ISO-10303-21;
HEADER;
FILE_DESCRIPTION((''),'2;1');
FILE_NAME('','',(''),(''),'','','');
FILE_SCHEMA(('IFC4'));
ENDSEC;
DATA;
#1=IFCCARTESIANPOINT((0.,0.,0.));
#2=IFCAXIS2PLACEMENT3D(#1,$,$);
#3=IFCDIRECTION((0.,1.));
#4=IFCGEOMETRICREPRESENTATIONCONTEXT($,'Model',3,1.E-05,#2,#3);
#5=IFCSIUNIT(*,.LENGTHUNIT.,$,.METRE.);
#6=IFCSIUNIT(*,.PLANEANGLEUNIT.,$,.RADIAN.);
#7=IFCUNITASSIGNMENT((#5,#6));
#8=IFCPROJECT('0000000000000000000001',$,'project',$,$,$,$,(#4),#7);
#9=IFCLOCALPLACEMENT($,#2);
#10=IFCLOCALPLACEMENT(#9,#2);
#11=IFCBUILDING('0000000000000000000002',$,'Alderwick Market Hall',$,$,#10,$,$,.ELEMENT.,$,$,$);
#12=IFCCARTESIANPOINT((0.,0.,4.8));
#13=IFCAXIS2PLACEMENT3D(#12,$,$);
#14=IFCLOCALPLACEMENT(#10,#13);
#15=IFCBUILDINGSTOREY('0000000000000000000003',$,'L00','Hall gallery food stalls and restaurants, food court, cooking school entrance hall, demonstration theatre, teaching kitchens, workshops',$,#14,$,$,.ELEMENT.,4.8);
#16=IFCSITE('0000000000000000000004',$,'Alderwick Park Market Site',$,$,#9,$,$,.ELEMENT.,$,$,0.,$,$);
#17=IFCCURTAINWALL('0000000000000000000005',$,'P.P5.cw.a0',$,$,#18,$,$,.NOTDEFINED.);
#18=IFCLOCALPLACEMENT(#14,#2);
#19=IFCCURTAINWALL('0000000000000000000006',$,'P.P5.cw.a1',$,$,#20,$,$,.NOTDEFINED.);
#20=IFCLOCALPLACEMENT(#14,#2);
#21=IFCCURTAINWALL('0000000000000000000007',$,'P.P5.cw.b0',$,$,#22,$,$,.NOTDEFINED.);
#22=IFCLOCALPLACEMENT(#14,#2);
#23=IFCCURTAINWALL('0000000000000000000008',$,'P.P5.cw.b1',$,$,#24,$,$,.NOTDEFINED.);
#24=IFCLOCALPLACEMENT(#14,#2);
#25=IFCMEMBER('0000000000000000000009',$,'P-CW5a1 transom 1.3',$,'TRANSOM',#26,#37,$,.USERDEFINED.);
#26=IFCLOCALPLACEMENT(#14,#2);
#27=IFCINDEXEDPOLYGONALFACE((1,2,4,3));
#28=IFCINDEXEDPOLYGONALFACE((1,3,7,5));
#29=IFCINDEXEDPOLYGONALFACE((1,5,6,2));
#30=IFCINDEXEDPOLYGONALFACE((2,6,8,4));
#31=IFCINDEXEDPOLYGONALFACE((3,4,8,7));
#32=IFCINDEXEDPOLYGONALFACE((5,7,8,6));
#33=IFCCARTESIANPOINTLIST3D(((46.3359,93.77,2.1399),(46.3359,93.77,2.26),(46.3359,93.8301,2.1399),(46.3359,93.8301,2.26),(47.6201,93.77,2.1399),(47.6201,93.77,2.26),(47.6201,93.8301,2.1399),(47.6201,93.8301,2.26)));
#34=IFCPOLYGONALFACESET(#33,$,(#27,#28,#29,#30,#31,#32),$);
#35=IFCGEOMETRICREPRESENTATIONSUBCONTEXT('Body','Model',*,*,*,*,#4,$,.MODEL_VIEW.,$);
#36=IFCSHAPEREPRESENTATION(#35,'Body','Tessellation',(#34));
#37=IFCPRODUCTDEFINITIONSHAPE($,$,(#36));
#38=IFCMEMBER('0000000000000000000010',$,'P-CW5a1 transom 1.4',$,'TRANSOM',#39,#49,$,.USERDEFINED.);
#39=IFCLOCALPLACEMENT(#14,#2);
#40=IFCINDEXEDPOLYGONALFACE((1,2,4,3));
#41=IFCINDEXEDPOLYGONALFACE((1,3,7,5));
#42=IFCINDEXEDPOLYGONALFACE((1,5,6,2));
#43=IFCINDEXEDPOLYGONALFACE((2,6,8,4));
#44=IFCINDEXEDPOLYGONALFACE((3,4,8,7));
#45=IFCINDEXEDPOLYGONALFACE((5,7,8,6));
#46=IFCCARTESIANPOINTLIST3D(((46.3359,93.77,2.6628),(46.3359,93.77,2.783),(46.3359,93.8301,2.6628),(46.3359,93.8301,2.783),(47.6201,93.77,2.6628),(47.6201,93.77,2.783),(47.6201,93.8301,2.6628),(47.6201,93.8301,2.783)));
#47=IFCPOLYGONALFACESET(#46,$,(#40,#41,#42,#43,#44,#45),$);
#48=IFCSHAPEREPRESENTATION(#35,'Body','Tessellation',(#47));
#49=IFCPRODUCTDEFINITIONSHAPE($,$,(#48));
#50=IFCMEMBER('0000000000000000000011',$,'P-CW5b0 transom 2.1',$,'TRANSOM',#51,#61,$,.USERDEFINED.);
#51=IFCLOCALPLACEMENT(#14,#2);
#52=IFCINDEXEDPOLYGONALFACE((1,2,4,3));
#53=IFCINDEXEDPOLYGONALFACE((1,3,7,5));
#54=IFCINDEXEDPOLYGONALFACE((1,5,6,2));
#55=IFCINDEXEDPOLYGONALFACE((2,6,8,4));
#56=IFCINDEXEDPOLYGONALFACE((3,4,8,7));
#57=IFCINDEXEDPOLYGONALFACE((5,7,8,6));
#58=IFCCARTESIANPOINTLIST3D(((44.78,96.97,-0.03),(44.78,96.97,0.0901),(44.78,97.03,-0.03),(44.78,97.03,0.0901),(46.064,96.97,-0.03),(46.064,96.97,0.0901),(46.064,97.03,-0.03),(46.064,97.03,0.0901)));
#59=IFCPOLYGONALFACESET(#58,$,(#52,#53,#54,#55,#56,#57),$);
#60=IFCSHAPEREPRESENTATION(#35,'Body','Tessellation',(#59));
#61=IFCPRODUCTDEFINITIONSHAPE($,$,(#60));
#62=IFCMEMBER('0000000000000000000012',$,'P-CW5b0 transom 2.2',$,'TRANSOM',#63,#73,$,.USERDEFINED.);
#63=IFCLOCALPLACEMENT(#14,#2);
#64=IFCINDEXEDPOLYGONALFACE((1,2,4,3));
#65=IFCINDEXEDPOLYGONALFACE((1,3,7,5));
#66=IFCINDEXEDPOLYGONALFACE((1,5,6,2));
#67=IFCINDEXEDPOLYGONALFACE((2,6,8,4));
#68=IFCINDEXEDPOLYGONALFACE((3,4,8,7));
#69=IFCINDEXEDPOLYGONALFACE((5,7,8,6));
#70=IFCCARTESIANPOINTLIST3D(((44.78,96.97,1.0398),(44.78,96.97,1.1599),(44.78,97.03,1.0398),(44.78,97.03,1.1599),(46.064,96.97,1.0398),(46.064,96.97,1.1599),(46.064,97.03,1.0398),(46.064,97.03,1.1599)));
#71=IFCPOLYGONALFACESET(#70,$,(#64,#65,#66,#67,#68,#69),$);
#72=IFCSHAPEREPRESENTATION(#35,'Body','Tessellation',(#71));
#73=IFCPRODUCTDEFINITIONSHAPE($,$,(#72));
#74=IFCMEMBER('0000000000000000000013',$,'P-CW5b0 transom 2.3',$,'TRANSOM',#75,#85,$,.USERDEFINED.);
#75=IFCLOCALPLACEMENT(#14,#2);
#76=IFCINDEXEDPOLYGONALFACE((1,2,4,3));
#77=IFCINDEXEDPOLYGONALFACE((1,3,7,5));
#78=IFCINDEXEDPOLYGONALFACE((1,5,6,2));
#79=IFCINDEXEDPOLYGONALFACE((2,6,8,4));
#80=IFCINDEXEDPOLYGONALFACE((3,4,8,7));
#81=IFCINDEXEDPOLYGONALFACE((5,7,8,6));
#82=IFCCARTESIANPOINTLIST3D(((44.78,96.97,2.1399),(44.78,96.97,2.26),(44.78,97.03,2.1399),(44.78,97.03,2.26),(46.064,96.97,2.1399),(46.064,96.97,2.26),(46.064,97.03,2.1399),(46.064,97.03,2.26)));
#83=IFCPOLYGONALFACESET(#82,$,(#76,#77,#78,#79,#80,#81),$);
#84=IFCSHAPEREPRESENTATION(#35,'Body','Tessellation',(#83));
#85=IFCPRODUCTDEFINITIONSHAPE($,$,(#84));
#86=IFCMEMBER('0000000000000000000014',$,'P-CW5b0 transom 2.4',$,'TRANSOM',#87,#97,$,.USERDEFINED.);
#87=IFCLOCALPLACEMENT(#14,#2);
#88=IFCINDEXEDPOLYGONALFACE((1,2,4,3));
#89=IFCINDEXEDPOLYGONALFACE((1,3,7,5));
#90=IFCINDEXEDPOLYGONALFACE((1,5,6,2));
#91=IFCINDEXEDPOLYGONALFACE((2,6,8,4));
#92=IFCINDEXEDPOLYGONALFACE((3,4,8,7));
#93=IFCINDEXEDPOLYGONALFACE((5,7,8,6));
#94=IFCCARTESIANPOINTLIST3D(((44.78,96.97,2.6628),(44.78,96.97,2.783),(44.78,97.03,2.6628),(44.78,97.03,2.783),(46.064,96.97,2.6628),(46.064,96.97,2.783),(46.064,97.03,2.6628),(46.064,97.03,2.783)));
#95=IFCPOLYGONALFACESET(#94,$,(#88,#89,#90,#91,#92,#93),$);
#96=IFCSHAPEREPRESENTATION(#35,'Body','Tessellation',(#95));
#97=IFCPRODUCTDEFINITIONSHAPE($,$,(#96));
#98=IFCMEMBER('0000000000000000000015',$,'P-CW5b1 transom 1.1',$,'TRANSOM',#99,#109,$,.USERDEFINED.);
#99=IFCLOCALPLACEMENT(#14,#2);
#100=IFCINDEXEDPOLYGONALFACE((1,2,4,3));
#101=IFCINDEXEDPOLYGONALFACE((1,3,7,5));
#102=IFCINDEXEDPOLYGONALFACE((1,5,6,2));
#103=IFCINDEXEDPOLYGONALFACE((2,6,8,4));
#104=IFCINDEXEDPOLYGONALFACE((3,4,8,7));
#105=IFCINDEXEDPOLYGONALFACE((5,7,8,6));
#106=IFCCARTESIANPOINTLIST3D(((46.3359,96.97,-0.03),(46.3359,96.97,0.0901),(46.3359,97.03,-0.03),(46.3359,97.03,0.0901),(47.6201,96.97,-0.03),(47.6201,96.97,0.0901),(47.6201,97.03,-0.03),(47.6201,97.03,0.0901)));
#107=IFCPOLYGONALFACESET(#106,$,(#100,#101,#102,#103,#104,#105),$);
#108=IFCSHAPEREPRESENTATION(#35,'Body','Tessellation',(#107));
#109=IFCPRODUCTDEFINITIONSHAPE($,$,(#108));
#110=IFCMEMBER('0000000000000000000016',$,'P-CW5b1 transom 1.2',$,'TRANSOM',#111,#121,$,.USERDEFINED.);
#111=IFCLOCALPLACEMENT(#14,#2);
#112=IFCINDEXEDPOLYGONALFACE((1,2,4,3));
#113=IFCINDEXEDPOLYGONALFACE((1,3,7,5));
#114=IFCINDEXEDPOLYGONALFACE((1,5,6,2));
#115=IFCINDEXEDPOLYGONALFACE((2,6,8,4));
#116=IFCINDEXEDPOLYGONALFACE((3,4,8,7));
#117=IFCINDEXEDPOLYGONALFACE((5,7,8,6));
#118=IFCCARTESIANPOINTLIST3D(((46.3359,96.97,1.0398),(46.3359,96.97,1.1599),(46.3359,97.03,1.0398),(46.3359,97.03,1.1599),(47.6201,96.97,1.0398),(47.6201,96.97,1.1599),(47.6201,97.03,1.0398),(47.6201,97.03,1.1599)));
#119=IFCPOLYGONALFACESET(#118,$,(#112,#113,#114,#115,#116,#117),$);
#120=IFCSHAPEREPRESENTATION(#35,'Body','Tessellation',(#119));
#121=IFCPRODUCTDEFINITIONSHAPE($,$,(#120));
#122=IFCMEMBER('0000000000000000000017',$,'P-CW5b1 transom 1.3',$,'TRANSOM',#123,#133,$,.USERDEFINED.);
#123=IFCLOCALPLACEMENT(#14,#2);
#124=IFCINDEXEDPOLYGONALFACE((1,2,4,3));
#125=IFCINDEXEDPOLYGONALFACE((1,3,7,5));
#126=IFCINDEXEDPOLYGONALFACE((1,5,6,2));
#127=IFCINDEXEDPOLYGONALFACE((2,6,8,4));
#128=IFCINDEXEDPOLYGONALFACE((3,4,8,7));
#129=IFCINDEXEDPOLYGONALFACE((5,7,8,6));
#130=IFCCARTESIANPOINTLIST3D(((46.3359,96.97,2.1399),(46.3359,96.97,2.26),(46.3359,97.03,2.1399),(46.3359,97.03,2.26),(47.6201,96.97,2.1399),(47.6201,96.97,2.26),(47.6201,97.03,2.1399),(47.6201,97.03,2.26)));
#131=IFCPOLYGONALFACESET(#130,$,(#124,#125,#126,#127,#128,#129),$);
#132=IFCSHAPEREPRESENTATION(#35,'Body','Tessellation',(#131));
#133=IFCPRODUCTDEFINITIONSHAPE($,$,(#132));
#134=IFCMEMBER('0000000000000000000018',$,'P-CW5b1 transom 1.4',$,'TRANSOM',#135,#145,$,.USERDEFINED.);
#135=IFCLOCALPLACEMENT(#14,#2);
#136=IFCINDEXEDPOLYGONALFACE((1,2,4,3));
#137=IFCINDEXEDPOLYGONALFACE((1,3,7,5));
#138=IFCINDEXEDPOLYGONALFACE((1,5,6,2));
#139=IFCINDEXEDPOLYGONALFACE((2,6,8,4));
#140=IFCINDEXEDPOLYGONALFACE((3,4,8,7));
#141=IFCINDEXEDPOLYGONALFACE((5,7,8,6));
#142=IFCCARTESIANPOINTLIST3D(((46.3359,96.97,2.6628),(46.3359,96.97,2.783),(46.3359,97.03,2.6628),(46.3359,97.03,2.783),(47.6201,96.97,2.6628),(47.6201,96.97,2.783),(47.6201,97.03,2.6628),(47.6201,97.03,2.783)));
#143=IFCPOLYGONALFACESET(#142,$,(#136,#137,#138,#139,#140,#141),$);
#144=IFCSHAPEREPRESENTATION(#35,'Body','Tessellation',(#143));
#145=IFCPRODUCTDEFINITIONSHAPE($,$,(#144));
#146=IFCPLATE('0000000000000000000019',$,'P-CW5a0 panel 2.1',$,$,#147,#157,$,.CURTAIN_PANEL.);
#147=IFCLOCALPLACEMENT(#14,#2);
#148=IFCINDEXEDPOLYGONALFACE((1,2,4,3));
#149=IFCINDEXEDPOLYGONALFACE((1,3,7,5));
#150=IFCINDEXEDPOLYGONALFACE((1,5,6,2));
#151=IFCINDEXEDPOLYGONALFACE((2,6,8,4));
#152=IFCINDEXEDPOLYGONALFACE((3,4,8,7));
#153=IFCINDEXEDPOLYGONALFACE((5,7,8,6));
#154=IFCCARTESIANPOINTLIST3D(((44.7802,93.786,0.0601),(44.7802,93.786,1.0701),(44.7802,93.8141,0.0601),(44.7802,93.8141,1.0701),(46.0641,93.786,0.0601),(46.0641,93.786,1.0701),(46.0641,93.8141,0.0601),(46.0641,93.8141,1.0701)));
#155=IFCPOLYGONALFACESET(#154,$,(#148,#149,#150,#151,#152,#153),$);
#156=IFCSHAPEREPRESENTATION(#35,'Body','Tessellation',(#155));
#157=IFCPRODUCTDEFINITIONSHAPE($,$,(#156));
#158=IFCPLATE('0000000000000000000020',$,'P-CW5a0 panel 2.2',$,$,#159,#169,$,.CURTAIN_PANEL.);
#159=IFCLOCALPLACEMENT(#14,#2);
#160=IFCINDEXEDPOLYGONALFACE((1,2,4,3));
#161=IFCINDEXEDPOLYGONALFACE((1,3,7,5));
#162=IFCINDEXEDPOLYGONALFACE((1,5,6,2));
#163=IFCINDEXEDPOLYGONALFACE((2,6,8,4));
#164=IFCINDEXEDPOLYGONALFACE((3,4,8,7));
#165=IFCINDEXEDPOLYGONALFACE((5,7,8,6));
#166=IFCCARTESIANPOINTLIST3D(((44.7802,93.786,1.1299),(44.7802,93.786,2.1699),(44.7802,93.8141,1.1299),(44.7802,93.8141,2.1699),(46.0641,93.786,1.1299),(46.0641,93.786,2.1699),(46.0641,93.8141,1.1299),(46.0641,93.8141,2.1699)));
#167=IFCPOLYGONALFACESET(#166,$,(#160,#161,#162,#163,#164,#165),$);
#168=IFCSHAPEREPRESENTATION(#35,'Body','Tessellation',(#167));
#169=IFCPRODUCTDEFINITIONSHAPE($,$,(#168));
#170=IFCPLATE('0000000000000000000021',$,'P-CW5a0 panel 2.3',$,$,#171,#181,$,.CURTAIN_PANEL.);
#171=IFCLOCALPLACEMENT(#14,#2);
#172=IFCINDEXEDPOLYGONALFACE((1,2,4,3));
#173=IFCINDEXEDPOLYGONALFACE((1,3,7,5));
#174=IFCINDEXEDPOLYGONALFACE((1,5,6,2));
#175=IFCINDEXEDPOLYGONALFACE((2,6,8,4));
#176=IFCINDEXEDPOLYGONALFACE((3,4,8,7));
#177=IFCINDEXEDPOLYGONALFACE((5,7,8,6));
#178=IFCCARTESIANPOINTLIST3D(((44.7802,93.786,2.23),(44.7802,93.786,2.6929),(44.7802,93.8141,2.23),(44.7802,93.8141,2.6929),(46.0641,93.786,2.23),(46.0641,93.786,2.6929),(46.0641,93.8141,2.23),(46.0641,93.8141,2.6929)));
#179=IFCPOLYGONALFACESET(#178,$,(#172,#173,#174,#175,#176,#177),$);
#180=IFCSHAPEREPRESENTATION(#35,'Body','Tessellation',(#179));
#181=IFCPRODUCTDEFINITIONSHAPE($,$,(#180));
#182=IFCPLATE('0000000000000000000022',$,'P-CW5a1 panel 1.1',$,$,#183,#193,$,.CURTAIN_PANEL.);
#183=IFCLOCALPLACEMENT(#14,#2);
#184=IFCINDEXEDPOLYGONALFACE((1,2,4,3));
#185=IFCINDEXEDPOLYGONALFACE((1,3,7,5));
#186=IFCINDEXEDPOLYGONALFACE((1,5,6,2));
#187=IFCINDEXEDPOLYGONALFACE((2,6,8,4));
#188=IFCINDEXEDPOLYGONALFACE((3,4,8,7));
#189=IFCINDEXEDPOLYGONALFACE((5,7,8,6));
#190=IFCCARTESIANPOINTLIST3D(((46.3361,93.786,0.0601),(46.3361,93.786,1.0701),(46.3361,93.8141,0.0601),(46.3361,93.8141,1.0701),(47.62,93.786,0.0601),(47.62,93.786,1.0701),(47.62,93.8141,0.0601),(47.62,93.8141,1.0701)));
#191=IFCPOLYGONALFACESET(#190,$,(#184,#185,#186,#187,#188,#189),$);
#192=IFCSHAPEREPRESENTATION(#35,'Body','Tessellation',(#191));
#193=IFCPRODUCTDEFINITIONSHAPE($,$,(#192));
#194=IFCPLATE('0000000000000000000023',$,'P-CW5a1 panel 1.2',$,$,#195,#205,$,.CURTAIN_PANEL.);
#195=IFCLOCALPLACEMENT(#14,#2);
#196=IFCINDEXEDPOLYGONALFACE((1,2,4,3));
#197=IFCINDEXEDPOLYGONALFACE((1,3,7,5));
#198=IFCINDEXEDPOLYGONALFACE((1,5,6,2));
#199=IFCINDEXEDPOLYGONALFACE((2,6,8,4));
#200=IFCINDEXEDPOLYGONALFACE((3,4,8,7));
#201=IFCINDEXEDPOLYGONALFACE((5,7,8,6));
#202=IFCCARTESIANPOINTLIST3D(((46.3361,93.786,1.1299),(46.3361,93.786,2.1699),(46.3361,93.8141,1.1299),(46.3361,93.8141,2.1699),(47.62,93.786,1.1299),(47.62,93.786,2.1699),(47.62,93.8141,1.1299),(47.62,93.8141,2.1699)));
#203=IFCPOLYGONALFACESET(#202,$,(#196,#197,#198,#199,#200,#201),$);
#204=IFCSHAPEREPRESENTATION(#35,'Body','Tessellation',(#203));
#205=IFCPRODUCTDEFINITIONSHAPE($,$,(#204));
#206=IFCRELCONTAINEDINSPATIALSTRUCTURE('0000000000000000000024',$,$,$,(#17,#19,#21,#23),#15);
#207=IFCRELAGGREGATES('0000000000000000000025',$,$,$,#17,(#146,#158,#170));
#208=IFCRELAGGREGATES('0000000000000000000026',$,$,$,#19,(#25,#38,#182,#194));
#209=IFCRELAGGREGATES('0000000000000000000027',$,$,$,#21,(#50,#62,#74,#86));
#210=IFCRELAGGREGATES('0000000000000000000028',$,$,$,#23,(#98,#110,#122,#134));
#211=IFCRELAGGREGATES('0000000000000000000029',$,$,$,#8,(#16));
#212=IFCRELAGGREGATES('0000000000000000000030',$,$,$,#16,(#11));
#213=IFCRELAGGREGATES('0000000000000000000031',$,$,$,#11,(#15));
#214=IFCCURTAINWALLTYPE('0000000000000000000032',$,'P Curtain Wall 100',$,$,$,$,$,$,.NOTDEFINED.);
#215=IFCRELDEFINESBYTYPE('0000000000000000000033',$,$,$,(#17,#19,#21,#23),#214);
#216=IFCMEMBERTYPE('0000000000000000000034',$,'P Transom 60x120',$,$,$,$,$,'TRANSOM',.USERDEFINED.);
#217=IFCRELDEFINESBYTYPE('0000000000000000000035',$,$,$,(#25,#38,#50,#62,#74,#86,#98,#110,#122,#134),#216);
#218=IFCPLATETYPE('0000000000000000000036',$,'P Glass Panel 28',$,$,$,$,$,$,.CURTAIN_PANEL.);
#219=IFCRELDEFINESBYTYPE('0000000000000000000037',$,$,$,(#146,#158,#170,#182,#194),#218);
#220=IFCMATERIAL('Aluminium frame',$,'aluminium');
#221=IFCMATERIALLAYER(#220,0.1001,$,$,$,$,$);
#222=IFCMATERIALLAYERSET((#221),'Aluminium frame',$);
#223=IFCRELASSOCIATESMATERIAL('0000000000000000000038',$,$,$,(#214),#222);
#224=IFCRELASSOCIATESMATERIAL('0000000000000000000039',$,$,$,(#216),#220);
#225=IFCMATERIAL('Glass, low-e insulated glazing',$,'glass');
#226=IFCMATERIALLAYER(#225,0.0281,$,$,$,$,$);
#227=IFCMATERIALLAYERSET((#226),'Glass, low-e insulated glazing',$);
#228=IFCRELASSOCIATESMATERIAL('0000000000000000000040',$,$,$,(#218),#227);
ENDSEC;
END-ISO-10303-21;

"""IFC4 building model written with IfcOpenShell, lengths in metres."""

from ifc_helpers import new_model, si_unit, direction, frame, origin, origin_2d, place, context, subcontext, project, spatial, rectangle, extrude, material, layer, layer_set, material_profile, profile_set, type_object, element, aggregate, save


model = new_model("IFC4")

# Units and contexts
model_context = context("Model", 3, precision=1e-05, world=origin(), true_north=direction((0.0, 1.0)))
body_context = subcontext(model_context, "Body", "Model", "MODEL_VIEW")
ifc_project = project(units=[si_unit("LENGTHUNIT", "METRE"), si_unit("PLANEANGLEUNIT", "RADIAN")], contexts=[model_context])

# Site, building, storey
site_placement = place(None, origin())
site = spatial("IfcSite", under=ifc_project, at=site_placement, Name="Alderwick Park Market Site", CompositionType="ELEMENT", RefElevation=0.0)
building_placement = place(site_placement, origin())
building = spatial("IfcBuilding", under=site, at=building_placement, Name="Alderwick Market Hall", CompositionType="ELEMENT")
storey_placement = place(building_placement, frame((0.0, 0.0, 4.8)))
storey = spatial("IfcBuildingStorey", under=building, at=storey_placement, Name="L00", Description="Hall gallery food stalls and restaurants, food court, cooking school entrance hall, demonstration theatre, teaching kitchens, workshops", CompositionType="ELEMENT", Elevation=4.8)

# Curtain wall
ifc_material_1 = material(Name="Aluminium frame", Category="aluminium")
ifc_layer_1 = layer(ifc_material_1, 0.1001)
ifc_layer_set_1 = layer_set([ifc_layer_1], Name="Aluminium frame")
curtain_wall_type = type_object("IfcCurtainWallType", Name="P Curtain Wall 100", PredefinedType="NOTDEFINED", material=ifc_layer_set_1)
curtain_wall_1_placement = place(storey_placement, origin())
curtain_wall_1 = element("IfcCurtainWall", 1, at=curtain_wall_1_placement, inside=storey, type_object=curtain_wall_type, Name="P.P5.cw.a0", PredefinedType="NOTDEFINED")

# Curtain wall
curtain_wall_2_placement = place(storey_placement, origin())
curtain_wall_2 = element("IfcCurtainWall", 2, at=curtain_wall_2_placement, inside=storey, type_object=curtain_wall_type, Name="P.P5.cw.a1", PredefinedType="NOTDEFINED")

# Curtain wall
curtain_wall_3_placement = place(storey_placement, origin())
curtain_wall_3 = element("IfcCurtainWall", 3, at=curtain_wall_3_placement, inside=storey, type_object=curtain_wall_type, Name="P.P5.cw.b0", PredefinedType="NOTDEFINED")

# Curtain wall
curtain_wall_4_placement = place(storey_placement, origin())
curtain_wall_4 = element("IfcCurtainWall", 4, at=curtain_wall_4_placement, inside=storey, type_object=curtain_wall_type, Name="P.P5.cw.b1", PredefinedType="NOTDEFINED")

# Members
ifc_material_profile_1 = material_profile(ifc_material_1, rectangle(XDim=0.0601, YDim=0.1201, at=origin_2d()), Name="P Transom 60x120")
ifc_profile_set_1 = profile_set([ifc_material_profile_1], Name="Aluminium frame")
member_type_1 = type_object("IfcMemberType", Name="P Transom 60x120", ElementType="TRANSOM", PredefinedType="USERDEFINED", material=ifc_profile_set_1)
member_1_placement = place(storey_placement, frame((46.3359, 93.8, 2.2), z_axis=(1.0, 0.0, 0.0), x_axis=(0.0, 1.0, 0.0)))
member_1 = element("IfcMember", 5, at=member_1_placement, type_object=member_type_1, Name="P-CW5a1 transom 1.3", ObjectType="TRANSOM", PredefinedType="USERDEFINED", context=body_context, shape_type="SweptSolid", body=[
    extrude(rectangle(XDim=0.0601, YDim=0.1201, at=origin_2d()), origin(), (0.0, 0.0, 1.0), 1.2842),
])
member_2_placement = place(storey_placement, frame((46.3359, 93.8, 2.7229), z_axis=(1.0, 0.0, 0.0), x_axis=(0.0, 1.0, 0.0)))
member_2 = element("IfcMember", 6, at=member_2_placement, type_object=member_type_1, Name="P-CW5a1 transom 1.4", ObjectType="TRANSOM", PredefinedType="USERDEFINED", context=body_context, shape_type="SweptSolid", body=[
    extrude(rectangle(XDim=0.0601, YDim=0.1201, at=origin_2d()), origin(), (0.0, 0.0, 1.0), 1.2842),
])
member_3_placement = place(storey_placement, frame((44.78, 97.0, 0.03), z_axis=(1.0, 0.0, 0.0), x_axis=(0.0, 1.0, 0.0)))
member_3 = element("IfcMember", 7, at=member_3_placement, type_object=member_type_1, Name="P-CW5b0 transom 2.1", ObjectType="TRANSOM", PredefinedType="USERDEFINED", context=body_context, shape_type="SweptSolid", body=[
    extrude(rectangle(XDim=0.0601, YDim=0.1201, at=origin_2d()), origin(), (0.0, 0.0, 1.0), 1.2839),
])
member_4_placement = place(storey_placement, frame((44.78, 97.0, 1.0999), z_axis=(1.0, 0.0, 0.0), x_axis=(0.0, 1.0, 0.0)))
member_4 = element("IfcMember", 8, at=member_4_placement, type_object=member_type_1, Name="P-CW5b0 transom 2.2", ObjectType="TRANSOM", PredefinedType="USERDEFINED", context=body_context, shape_type="SweptSolid", body=[
    extrude(rectangle(XDim=0.0601, YDim=0.1201, at=origin_2d()), origin(), (0.0, 0.0, 1.0), 1.2839),
])
member_5_placement = place(storey_placement, frame((44.78, 97.0, 2.2), z_axis=(1.0, 0.0, 0.0), x_axis=(0.0, 1.0, 0.0)))
member_5 = element("IfcMember", 9, at=member_5_placement, type_object=member_type_1, Name="P-CW5b0 transom 2.3", ObjectType="TRANSOM", PredefinedType="USERDEFINED", context=body_context, shape_type="SweptSolid", body=[
    extrude(rectangle(XDim=0.0601, YDim=0.1201, at=origin_2d()), origin(), (0.0, 0.0, 1.0), 1.2839),
])
member_6_placement = place(storey_placement, frame((44.78, 97.0, 2.7229), z_axis=(1.0, 0.0, 0.0), x_axis=(0.0, 1.0, 0.0)))
member_6 = element("IfcMember", 10, at=member_6_placement, type_object=member_type_1, Name="P-CW5b0 transom 2.4", ObjectType="TRANSOM", PredefinedType="USERDEFINED", context=body_context, shape_type="SweptSolid", body=[
    extrude(rectangle(XDim=0.0601, YDim=0.1201, at=origin_2d()), origin(), (0.0, 0.0, 1.0), 1.2839),
])
member_7_placement = place(storey_placement, frame((46.3359, 97.0, 0.03), z_axis=(1.0, 0.0, 0.0), x_axis=(0.0, 1.0, 0.0)))
member_7 = element("IfcMember", 11, at=member_7_placement, type_object=member_type_1, Name="P-CW5b1 transom 1.1", ObjectType="TRANSOM", PredefinedType="USERDEFINED", context=body_context, shape_type="SweptSolid", body=[
    extrude(rectangle(XDim=0.0601, YDim=0.1201, at=origin_2d()), origin(), (0.0, 0.0, 1.0), 1.2842),
])
member_8_placement = place(storey_placement, frame((46.3359, 97.0, 1.0999), z_axis=(1.0, 0.0, 0.0), x_axis=(0.0, 1.0, 0.0)))
member_8 = element("IfcMember", 12, at=member_8_placement, type_object=member_type_1, Name="P-CW5b1 transom 1.2", ObjectType="TRANSOM", PredefinedType="USERDEFINED", context=body_context, shape_type="SweptSolid", body=[
    extrude(rectangle(XDim=0.0601, YDim=0.1201, at=origin_2d()), origin(), (0.0, 0.0, 1.0), 1.2842),
])
member_9_placement = place(storey_placement, frame((46.3359, 97.0, 2.2), z_axis=(1.0, 0.0, 0.0), x_axis=(0.0, 1.0, 0.0)))
member_9 = element("IfcMember", 13, at=member_9_placement, type_object=member_type_1, Name="P-CW5b1 transom 1.3", ObjectType="TRANSOM", PredefinedType="USERDEFINED", context=body_context, shape_type="SweptSolid", body=[
    extrude(rectangle(XDim=0.0601, YDim=0.1201, at=origin_2d()), origin(), (0.0, 0.0, 1.0), 1.2842),
])
member_10_placement = place(storey_placement, frame((46.3359, 97.0, 2.7229), z_axis=(1.0, 0.0, 0.0), x_axis=(0.0, 1.0, 0.0)))
member_10 = element("IfcMember", 14, at=member_10_placement, type_object=member_type_1, Name="P-CW5b1 transom 1.4", ObjectType="TRANSOM", PredefinedType="USERDEFINED", context=body_context, shape_type="SweptSolid", body=[
    extrude(rectangle(XDim=0.0601, YDim=0.1201, at=origin_2d()), origin(), (0.0, 0.0, 1.0), 1.2842),
])

# Plates
ifc_material_2 = material(Name="Glass, low-e insulated glazing", Category="glass")
ifc_layer_2 = layer(ifc_material_2, 0.0281)
ifc_layer_set_2 = layer_set([ifc_layer_2], Name="Glass, low-e insulated glazing")
plate_type = type_object("IfcPlateType", Name="P Glass Panel 28", PredefinedType="CURTAIN_PANEL", material=ifc_layer_set_2)
plate_1_placement = place(storey_placement, frame((45.4221, 93.8, 0.0601), z_axis=(0.0, 0.0, 1.0), x_axis=(1.0, 0.0, 0.0)))
plate_1 = element("IfcPlate", 15, at=plate_1_placement, type_object=plate_type, Name="P-CW5a0 panel 2.1", PredefinedType="CURTAIN_PANEL", context=body_context, shape_type="SweptSolid", body=[
    extrude(rectangle(XDim=1.2839, YDim=0.0281, at=origin_2d()), origin(), (0.0, 0.0, 1.0), 1.01),
])
plate_2_placement = place(storey_placement, frame((45.4221, 93.8, 1.1299), z_axis=(0.0, 0.0, 1.0), x_axis=(1.0, 0.0, 0.0)))
plate_2 = element("IfcPlate", 16, at=plate_2_placement, type_object=plate_type, Name="P-CW5a0 panel 2.2", PredefinedType="CURTAIN_PANEL", context=body_context, shape_type="SweptSolid", body=[
    extrude(rectangle(XDim=1.2839, YDim=0.0281, at=origin_2d()), origin(), (0.0, 0.0, 1.0), 1.04),
])
plate_3_placement = place(storey_placement, frame((45.4221, 93.8, 2.23), z_axis=(0.0, 0.0, 1.0), x_axis=(1.0, 0.0, 0.0)))
plate_3 = element("IfcPlate", 17, at=plate_3_placement, type_object=plate_type, Name="P-CW5a0 panel 2.3", PredefinedType="CURTAIN_PANEL", context=body_context, shape_type="SweptSolid", body=[
    extrude(rectangle(XDim=1.2839, YDim=0.0281, at=origin_2d()), origin(), (0.0, 0.0, 1.0), 0.4629),
])
aggregate(curtain_wall_1, [plate_1, plate_2, plate_3])
plate_4_placement = place(storey_placement, frame((46.978, 93.8, 0.0601), z_axis=(0.0, 0.0, 1.0), x_axis=(1.0, 0.0, 0.0)))
plate_4 = element("IfcPlate", 18, at=plate_4_placement, type_object=plate_type, Name="P-CW5a1 panel 1.1", PredefinedType="CURTAIN_PANEL", context=body_context, shape_type="SweptSolid", body=[
    extrude(rectangle(XDim=1.2839, YDim=0.0281, at=origin_2d()), origin(), (0.0, 0.0, 1.0), 1.01),
])
plate_5_placement = place(storey_placement, frame((46.978, 93.8, 1.1299), z_axis=(0.0, 0.0, 1.0), x_axis=(1.0, 0.0, 0.0)))
plate_5 = element("IfcPlate", 19, at=plate_5_placement, type_object=plate_type, Name="P-CW5a1 panel 1.2", PredefinedType="CURTAIN_PANEL", context=body_context, shape_type="SweptSolid", body=[
    extrude(rectangle(XDim=1.2839, YDim=0.0281, at=origin_2d()), origin(), (0.0, 0.0, 1.0), 1.04),
])
aggregate(curtain_wall_2, [member_1, member_2, plate_4, plate_5])
aggregate(curtain_wall_3, [member_3, member_4, member_5, member_6])
aggregate(curtain_wall_4, [member_7, member_8, member_9, member_10])

save(model, "model.ifc")
